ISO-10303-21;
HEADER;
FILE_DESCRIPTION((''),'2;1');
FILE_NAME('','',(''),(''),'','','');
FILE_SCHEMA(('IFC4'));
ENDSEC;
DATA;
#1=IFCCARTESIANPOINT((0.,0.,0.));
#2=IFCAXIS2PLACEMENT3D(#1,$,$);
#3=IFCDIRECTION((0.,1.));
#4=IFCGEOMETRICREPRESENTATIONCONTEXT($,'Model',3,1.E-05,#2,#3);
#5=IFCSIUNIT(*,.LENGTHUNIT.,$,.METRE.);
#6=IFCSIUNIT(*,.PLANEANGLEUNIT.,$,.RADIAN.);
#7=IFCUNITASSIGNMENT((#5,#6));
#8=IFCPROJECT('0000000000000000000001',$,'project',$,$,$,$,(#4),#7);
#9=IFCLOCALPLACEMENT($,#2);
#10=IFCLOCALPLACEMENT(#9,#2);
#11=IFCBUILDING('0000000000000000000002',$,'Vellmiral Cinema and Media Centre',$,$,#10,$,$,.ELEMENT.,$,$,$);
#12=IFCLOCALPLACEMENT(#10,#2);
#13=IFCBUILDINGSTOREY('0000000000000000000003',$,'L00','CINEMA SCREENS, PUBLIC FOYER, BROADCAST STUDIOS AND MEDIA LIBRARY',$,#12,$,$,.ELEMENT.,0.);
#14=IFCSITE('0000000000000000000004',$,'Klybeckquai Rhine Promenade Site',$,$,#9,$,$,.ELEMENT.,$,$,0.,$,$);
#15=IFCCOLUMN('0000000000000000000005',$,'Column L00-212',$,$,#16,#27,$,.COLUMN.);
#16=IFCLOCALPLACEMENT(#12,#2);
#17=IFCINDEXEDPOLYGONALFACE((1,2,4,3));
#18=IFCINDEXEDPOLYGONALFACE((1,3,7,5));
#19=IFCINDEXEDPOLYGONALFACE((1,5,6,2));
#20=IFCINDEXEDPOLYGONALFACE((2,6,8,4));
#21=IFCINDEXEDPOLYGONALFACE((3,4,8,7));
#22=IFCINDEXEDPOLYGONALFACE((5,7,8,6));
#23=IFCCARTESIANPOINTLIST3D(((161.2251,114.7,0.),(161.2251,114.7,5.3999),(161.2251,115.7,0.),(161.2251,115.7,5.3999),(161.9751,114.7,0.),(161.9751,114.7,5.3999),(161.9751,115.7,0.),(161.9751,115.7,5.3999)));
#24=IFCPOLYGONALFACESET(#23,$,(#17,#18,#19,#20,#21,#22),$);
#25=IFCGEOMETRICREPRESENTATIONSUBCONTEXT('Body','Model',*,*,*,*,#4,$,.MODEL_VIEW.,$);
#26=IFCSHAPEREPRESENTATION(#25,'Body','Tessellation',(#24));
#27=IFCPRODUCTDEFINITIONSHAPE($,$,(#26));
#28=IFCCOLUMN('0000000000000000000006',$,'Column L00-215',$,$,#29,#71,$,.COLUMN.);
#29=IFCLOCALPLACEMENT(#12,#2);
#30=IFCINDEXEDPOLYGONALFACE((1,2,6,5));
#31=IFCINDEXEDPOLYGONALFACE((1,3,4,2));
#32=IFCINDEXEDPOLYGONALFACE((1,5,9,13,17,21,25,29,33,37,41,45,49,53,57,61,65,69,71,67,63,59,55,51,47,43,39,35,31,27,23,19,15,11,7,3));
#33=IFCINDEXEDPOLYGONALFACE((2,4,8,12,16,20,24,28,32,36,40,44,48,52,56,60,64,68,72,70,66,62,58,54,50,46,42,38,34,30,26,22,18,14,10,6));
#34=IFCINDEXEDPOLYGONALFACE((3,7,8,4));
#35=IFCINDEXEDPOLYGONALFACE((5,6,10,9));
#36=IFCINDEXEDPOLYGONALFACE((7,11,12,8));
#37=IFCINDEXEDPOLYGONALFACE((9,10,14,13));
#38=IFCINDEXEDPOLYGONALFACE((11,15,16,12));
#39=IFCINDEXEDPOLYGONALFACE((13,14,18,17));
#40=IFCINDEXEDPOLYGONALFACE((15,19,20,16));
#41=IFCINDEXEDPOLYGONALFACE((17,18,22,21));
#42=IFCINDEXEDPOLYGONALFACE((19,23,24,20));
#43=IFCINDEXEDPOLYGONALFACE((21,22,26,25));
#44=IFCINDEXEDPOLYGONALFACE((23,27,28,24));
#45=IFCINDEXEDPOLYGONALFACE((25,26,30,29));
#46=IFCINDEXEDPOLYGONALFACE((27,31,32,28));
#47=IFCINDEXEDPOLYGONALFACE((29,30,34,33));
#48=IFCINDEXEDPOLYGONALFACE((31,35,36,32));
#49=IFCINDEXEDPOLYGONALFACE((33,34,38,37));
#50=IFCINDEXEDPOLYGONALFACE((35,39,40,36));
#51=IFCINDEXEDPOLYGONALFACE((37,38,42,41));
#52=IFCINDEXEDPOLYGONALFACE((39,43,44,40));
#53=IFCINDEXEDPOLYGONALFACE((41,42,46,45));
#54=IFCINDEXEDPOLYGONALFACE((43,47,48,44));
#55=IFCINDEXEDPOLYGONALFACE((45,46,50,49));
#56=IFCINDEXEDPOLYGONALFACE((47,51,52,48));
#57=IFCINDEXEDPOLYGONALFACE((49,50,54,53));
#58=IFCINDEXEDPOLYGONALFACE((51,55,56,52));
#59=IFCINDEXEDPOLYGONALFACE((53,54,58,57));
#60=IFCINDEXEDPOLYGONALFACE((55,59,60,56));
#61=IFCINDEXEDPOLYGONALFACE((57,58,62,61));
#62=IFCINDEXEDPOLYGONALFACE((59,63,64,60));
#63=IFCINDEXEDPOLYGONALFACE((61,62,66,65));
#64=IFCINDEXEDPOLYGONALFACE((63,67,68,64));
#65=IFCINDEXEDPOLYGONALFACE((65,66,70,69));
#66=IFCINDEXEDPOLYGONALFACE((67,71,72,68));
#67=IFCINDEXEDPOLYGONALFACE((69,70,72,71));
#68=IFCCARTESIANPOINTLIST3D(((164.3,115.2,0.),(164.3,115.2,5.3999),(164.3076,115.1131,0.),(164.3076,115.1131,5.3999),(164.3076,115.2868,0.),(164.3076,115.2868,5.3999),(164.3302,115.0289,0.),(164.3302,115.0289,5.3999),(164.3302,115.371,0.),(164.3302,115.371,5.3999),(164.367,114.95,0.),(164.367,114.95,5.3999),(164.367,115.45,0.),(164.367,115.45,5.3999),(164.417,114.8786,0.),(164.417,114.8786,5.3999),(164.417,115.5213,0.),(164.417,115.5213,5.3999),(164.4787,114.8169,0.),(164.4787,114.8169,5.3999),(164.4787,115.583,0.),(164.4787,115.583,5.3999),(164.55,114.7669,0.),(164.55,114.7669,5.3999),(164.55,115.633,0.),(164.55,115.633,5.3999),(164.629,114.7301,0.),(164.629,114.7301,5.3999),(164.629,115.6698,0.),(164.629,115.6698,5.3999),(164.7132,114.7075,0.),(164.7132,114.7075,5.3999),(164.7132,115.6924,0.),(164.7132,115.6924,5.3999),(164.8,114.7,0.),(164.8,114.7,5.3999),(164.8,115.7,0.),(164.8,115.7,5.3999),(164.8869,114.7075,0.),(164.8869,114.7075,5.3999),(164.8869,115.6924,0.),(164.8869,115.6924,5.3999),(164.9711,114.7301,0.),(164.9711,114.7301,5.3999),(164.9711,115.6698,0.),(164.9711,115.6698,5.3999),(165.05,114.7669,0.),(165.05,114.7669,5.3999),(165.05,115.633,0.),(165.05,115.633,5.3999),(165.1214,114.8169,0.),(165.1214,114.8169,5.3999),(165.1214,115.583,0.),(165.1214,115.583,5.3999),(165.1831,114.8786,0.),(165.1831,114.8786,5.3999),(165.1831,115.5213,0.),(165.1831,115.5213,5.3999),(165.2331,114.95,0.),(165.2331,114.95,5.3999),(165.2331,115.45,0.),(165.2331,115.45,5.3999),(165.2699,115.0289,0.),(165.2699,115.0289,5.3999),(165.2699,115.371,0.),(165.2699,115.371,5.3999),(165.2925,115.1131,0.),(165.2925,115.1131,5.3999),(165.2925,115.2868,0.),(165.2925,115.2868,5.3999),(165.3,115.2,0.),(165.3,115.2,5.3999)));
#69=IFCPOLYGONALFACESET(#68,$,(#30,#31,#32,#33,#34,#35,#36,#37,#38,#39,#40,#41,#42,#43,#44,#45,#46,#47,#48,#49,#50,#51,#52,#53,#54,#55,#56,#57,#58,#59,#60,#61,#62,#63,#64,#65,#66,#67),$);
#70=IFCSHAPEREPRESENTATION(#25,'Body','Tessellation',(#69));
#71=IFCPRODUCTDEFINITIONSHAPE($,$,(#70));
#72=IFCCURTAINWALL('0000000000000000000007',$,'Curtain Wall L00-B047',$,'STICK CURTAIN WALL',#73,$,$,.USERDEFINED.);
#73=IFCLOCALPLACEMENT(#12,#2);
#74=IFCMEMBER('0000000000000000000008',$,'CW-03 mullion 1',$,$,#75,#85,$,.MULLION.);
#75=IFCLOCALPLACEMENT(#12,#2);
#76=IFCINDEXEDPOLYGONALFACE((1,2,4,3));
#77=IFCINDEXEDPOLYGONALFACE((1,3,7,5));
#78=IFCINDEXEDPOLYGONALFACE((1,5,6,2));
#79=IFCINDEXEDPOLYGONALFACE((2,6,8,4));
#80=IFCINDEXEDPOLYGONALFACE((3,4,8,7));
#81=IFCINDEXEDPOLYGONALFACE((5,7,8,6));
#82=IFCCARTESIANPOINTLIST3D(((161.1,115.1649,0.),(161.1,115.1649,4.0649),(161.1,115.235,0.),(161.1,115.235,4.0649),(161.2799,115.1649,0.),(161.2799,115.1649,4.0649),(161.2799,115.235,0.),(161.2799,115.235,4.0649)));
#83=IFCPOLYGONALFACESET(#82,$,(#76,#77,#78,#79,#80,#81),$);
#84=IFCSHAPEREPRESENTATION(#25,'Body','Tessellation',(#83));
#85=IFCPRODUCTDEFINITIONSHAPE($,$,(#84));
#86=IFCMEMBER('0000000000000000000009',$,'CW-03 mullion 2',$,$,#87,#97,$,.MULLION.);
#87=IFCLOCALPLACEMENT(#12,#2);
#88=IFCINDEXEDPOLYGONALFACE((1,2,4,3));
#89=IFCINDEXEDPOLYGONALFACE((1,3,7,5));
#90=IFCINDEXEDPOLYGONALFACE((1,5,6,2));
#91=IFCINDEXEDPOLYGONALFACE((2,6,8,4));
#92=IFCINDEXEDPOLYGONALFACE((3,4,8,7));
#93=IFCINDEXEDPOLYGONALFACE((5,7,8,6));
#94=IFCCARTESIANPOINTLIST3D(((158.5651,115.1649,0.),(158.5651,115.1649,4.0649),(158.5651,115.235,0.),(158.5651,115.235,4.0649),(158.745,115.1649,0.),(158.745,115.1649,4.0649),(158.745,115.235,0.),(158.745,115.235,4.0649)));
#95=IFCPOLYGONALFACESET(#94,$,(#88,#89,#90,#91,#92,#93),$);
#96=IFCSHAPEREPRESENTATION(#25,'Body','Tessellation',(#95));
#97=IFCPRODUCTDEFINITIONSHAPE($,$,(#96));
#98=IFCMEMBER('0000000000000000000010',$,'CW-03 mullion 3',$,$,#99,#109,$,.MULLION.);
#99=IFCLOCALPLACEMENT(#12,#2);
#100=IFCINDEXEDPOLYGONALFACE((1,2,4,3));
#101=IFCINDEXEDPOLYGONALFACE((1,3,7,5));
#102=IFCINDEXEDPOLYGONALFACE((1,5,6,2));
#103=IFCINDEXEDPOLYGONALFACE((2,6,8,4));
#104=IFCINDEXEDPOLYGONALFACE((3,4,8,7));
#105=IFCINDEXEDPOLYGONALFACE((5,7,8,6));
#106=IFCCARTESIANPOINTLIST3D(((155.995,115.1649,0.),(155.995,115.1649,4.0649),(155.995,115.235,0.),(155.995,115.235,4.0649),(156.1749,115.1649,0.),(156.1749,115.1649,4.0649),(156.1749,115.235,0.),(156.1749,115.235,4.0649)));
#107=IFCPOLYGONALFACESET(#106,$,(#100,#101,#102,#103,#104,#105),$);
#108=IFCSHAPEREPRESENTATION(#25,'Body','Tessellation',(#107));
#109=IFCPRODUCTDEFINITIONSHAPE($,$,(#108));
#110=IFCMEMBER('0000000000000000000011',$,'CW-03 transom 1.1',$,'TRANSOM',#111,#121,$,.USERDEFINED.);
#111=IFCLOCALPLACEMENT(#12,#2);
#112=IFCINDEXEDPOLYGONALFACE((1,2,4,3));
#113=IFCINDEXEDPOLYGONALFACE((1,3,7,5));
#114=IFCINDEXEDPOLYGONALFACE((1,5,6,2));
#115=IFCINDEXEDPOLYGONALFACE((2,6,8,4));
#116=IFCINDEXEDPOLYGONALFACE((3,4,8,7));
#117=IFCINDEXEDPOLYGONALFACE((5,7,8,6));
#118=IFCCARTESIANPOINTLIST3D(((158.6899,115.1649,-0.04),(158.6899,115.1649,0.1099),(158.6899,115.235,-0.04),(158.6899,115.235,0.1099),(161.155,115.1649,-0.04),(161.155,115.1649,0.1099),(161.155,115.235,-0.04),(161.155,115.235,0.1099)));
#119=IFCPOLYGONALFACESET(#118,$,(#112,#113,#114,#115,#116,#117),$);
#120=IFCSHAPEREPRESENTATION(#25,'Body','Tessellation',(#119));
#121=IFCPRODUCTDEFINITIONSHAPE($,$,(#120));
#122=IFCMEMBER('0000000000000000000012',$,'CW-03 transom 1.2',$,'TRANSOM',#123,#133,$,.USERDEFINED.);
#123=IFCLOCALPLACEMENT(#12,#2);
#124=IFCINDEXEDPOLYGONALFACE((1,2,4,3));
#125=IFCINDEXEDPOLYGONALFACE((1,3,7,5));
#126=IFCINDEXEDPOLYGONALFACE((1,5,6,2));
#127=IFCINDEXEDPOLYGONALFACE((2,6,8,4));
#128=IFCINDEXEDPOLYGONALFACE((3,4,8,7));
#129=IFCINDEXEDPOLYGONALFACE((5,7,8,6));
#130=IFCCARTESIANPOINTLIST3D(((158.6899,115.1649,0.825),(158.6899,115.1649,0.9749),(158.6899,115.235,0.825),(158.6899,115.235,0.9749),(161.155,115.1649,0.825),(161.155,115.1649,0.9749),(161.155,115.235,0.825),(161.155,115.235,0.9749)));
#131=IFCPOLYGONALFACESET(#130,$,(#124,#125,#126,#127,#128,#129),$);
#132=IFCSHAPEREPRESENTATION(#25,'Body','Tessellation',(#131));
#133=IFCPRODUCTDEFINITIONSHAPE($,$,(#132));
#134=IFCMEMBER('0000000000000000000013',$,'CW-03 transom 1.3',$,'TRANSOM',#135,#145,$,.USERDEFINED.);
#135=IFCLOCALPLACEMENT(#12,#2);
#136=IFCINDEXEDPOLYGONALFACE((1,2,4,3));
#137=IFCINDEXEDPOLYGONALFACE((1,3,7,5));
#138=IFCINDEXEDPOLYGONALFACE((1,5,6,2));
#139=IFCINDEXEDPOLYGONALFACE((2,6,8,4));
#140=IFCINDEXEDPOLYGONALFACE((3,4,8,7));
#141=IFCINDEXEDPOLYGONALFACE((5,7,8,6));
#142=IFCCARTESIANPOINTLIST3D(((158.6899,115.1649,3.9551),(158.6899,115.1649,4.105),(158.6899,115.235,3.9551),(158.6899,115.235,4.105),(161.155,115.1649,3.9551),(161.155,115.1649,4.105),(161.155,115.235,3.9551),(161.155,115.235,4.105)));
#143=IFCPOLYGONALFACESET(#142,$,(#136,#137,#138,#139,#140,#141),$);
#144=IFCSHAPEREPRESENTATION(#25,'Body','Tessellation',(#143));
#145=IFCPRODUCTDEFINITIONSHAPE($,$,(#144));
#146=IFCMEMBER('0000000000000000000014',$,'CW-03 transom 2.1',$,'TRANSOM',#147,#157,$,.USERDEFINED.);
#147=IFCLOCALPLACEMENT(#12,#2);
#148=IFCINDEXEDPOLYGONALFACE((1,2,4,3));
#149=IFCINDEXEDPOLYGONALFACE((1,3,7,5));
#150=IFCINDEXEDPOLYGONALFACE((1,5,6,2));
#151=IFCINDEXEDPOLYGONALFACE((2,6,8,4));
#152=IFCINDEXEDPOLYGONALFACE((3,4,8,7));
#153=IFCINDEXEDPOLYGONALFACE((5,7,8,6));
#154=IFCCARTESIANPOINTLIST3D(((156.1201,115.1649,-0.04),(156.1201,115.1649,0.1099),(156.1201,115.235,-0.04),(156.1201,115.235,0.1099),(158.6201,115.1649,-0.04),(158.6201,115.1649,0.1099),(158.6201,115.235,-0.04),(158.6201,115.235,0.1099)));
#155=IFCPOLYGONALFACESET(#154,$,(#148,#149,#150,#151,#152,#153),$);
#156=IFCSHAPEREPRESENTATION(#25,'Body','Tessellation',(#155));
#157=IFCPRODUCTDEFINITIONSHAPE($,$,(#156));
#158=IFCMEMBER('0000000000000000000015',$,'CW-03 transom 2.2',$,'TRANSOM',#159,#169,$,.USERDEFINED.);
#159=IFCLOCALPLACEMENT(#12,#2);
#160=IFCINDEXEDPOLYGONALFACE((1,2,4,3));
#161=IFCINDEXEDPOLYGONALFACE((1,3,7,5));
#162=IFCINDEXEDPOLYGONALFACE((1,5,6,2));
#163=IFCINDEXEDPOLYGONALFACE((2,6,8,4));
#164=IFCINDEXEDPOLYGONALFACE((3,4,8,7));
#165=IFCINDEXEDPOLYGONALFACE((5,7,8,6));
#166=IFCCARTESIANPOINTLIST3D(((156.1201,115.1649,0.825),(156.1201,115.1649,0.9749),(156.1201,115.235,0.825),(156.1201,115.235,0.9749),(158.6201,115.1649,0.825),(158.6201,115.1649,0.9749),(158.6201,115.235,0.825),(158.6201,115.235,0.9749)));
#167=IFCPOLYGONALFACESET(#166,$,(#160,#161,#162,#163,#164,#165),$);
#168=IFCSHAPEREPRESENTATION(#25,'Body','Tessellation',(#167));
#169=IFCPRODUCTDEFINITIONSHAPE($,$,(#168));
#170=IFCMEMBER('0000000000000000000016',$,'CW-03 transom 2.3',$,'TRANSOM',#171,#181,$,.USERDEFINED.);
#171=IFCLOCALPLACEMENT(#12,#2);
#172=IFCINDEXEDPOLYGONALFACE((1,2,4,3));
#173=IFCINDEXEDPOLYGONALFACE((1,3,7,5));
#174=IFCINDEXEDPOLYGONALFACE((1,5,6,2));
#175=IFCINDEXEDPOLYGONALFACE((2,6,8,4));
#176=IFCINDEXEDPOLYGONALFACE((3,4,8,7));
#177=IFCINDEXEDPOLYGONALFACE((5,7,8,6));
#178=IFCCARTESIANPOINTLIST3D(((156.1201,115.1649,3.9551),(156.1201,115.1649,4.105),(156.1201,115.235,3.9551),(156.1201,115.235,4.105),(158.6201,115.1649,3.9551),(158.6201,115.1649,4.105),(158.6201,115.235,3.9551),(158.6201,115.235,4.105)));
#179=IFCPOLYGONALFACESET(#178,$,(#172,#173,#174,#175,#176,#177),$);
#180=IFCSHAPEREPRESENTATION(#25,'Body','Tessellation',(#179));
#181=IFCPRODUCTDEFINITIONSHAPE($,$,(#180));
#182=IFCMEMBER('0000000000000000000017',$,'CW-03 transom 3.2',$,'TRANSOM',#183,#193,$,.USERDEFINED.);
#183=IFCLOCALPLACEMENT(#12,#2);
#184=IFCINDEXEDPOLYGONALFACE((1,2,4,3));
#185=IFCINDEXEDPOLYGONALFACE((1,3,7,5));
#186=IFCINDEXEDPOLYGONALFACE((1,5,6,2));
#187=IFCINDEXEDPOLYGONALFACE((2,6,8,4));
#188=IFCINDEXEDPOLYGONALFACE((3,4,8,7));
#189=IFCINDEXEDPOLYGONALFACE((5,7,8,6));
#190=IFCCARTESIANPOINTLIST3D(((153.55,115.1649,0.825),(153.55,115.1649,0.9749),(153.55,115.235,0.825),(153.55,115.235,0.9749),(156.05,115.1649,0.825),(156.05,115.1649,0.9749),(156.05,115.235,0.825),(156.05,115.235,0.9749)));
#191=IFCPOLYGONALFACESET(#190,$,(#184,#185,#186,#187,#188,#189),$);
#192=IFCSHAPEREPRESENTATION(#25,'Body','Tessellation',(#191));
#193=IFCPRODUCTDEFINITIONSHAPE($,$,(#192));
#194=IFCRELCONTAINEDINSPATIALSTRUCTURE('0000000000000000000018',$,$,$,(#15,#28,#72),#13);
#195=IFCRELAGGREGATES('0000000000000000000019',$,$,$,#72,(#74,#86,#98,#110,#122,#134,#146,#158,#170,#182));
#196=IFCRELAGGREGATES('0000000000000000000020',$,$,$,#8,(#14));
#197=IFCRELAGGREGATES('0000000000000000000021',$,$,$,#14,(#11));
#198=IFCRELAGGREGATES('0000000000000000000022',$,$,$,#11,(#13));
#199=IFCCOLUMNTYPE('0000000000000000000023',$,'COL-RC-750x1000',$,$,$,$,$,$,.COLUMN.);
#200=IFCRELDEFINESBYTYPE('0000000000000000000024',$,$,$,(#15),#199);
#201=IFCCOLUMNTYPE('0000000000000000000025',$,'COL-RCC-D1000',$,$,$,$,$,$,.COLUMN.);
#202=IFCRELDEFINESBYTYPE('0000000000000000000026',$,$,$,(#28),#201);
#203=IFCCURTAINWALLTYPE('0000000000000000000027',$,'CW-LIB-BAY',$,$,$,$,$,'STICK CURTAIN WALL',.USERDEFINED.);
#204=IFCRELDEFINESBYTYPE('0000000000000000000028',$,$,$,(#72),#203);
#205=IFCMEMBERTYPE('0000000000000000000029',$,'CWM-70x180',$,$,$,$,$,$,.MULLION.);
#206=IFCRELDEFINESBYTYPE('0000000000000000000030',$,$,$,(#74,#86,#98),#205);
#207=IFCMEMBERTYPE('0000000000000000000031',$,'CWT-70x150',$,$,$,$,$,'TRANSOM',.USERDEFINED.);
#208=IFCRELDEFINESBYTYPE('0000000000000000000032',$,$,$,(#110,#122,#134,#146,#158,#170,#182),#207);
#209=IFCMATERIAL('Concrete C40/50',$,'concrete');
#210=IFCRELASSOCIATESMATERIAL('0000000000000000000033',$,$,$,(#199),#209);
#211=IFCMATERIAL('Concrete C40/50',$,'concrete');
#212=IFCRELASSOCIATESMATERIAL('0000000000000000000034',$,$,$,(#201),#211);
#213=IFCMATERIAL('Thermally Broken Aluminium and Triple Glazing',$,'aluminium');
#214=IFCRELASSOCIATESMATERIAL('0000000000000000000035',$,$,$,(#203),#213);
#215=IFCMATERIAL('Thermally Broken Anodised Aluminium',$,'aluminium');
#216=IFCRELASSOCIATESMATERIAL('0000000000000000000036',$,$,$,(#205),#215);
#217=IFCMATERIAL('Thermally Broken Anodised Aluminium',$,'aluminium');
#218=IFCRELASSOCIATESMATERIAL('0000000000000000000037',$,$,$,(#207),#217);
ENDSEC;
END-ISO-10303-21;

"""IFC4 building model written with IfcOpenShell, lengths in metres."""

from ifc_helpers import new_model, si_unit, direction, frame, origin, origin_2d, place, context, subcontext, project, spatial, rectangle, circle, extrude, material, material_profile, profile_set, type_object, element, aggregate, save


model = new_model("IFC4")

# Units and contexts
model_context = context("Model", 3, precision=1e-05, world=origin(), true_north=direction((0.0, 1.0)))
body_context = subcontext(model_context, "Body", "Model", "MODEL_VIEW")
ifc_project = project(units=[si_unit("LENGTHUNIT", "METRE"), si_unit("PLANEANGLEUNIT", "RADIAN")], contexts=[model_context])

# Site, building, storey
site_placement = place(None, origin())
site = spatial("IfcSite", under=ifc_project, at=site_placement, Name="Klybeckquai Rhine Promenade Site", CompositionType="ELEMENT", RefElevation=0.0)
building_placement = place(site_placement, origin())
building = spatial("IfcBuilding", under=site, at=building_placement, Name="Vellmiral Cinema and Media Centre", CompositionType="ELEMENT")
storey_placement = place(building_placement, origin())
storey = spatial("IfcBuildingStorey", under=building, at=storey_placement, Name="L00", Description="CINEMA SCREENS, PUBLIC FOYER, BROADCAST STUDIOS AND MEDIA LIBRARY", CompositionType="ELEMENT", Elevation=0.0)

# Columns
ifc_material_1 = material(Name="Concrete C40/50", Category="concrete")
ifc_material_profile_1 = material_profile(ifc_material_1, rectangle(XDim=0.75, YDim=1.0, at=origin_2d()), Name="RC 750x1000")
ifc_profile_set_1 = profile_set([ifc_material_profile_1], Name="Concrete C40/50")
column_type_1 = type_object("IfcColumnType", Name="COL-RC-750x1000", PredefinedType="COLUMN", material=ifc_profile_set_1)
column_1_placement = place(storey_placement, frame((161.6001, 115.2, 0.0), z_axis=(0.0, 0.0, 1.0), x_axis=(1.0, 0.0, 0.0)))
element("IfcColumn", 1, at=column_1_placement, inside=storey, type_object=column_type_1, Name="Column L00-212", PredefinedType="COLUMN", context=body_context, shape_type="SweptSolid", body=[
    extrude(rectangle(XDim=0.75, YDim=1.0, at=origin_2d()), origin(), (0.0, 0.0, 1.0), 5.3999),
])
ifc_material_2 = material(Name="Concrete C40/50", Category="concrete")
ifc_material_profile_2 = material_profile(ifc_material_2, circle(Radius=0.5, at=origin_2d()), Name="RC D1000")
ifc_profile_set_2 = profile_set([ifc_material_profile_2], Name="Concrete C40/50")
column_type_2 = type_object("IfcColumnType", Name="COL-RCC-D1000", PredefinedType="COLUMN", material=ifc_profile_set_2)
column_2_placement = place(storey_placement, frame((164.8, 115.2, 0.0), z_axis=(0.0, 0.0, 1.0), x_axis=(1.0, 0.0, 0.0)))
element("IfcColumn", 2, at=column_2_placement, inside=storey, type_object=column_type_2, Name="Column L00-215", PredefinedType="COLUMN", context=body_context, shape_type="SweptSolid", body=[
    extrude(circle(Radius=0.5, at=origin_2d()), origin(), (0.0, 0.0, 1.0), 5.3999),
])

# Curtain wall, members
ifc_material_3 = material(Name="Thermally Broken Aluminium and Triple Glazing", Category="aluminium")
curtain_wall_type = type_object("IfcCurtainWallType", Name="CW-LIB-BAY", ElementType="STICK CURTAIN WALL", PredefinedType="USERDEFINED", material=ifc_material_3)
curtain_wall_placement = place(storey_placement, origin())
curtain_wall = element("IfcCurtainWall", 3, at=curtain_wall_placement, inside=storey, type_object=curtain_wall_type, Name="Curtain Wall L00-B047", ObjectType="STICK CURTAIN WALL", PredefinedType="USERDEFINED")
ifc_material_4 = material(Name="Thermally Broken Anodised Aluminium", Category="aluminium")
ifc_material_profile_3 = material_profile(ifc_material_4, rectangle(XDim=0.0701, YDim=0.1799, at=origin_2d()), Name="MULL 70x180")
ifc_profile_set_3 = profile_set([ifc_material_profile_3], Name="Thermally Broken Anodised Aluminium")
member_type_1 = type_object("IfcMemberType", Name="CWM-70x180", PredefinedType="MULLION", material=ifc_profile_set_3)
member_1_placement = place(storey_placement, frame((161.1899, 115.2, 0.0), z_axis=(0.0, 0.0, 1.0), x_axis=(0.0, -1.0, 0.0)))
member_1 = element("IfcMember", 4, at=member_1_placement, type_object=member_type_1, Name="CW-03 mullion 1", PredefinedType="MULLION", context=body_context, shape_type="SweptSolid", body=[
    extrude(rectangle(XDim=0.0701, YDim=0.1799, at=origin_2d()), origin(), (0.0, 0.0, 1.0), 4.0649),
])
member_2_placement = place(storey_placement, frame((158.655, 115.2, 0.0), z_axis=(0.0, 0.0, 1.0), x_axis=(0.0, -1.0, 0.0)))
member_2 = element("IfcMember", 5, at=member_2_placement, type_object=member_type_1, Name="CW-03 mullion 2", PredefinedType="MULLION", context=body_context, shape_type="SweptSolid", body=[
    extrude(rectangle(XDim=0.0701, YDim=0.1799, at=origin_2d()), origin(), (0.0, 0.0, 1.0), 4.0649),
])
member_3_placement = place(storey_placement, frame((156.085, 115.2, 0.0), z_axis=(0.0, 0.0, 1.0), x_axis=(0.0, -1.0, 0.0)))
member_3 = element("IfcMember", 6, at=member_3_placement, type_object=member_type_1, Name="CW-03 mullion 3", PredefinedType="MULLION", context=body_context, shape_type="SweptSolid", body=[
    extrude(rectangle(XDim=0.0701, YDim=0.1799, at=origin_2d()), origin(), (0.0, 0.0, 1.0), 4.0649),
])
ifc_material_5 = material(Name="Thermally Broken Anodised Aluminium", Category="aluminium")
ifc_material_profile_4 = material_profile(ifc_material_5, rectangle(XDim=0.0701, YDim=0.1499, at=origin_2d()), Name="MULL 70x150")
ifc_profile_set_4 = profile_set([ifc_material_profile_4], Name="Thermally Broken Anodised Aluminium")
member_type_2 = type_object("IfcMemberType", Name="CWT-70x150", ElementType="TRANSOM", PredefinedType="USERDEFINED", material=ifc_profile_set_4)
member_4_placement = place(storey_placement, frame((161.155, 115.2, 0.0349), z_axis=(-1.0, 0.0, 0.0), x_axis=(0.0, -1.0, 0.0)))
member_4 = element("IfcMember", 7, at=member_4_placement, type_object=member_type_2, Name="CW-03 transom 1.1", ObjectType="TRANSOM", PredefinedType="USERDEFINED", context=body_context, shape_type="SweptSolid", body=[
    extrude(rectangle(XDim=0.0701, YDim=0.1499, at=origin_2d()), origin(), (0.0, 0.0, 1.0), 2.4651),
])
member_5_placement = place(storey_placement, frame((161.155, 115.2, 0.8999), z_axis=(-1.0, 0.0, 0.0), x_axis=(0.0, -1.0, 0.0)))
member_5 = element("IfcMember", 8, at=member_5_placement, type_object=member_type_2, Name="CW-03 transom 1.2", ObjectType="TRANSOM", PredefinedType="USERDEFINED", context=body_context, shape_type="SweptSolid", body=[
    extrude(rectangle(XDim=0.0701, YDim=0.1499, at=origin_2d()), origin(), (0.0, 0.0, 1.0), 2.4651),
])
member_6_placement = place(storey_placement, frame((161.155, 115.2, 4.03), z_axis=(-1.0, 0.0, 0.0), x_axis=(0.0, -1.0, 0.0)))
member_6 = element("IfcMember", 9, at=member_6_placement, type_object=member_type_2, Name="CW-03 transom 1.3", ObjectType="TRANSOM", PredefinedType="USERDEFINED", context=body_context, shape_type="SweptSolid", body=[
    extrude(rectangle(XDim=0.0701, YDim=0.1499, at=origin_2d()), origin(), (0.0, 0.0, 1.0), 2.4651),
])
member_7_placement = place(storey_placement, frame((158.6201, 115.2, 0.0349), z_axis=(-1.0, 0.0, 0.0), x_axis=(0.0, -1.0, 0.0)))
member_7 = element("IfcMember", 10, at=member_7_placement, type_object=member_type_2, Name="CW-03 transom 2.1", ObjectType="TRANSOM", PredefinedType="USERDEFINED", context=body_context, shape_type="SweptSolid", body=[
    extrude(rectangle(XDim=0.0701, YDim=0.1499, at=origin_2d()), origin(), (0.0, 0.0, 1.0), 2.5),
])
member_8_placement = place(storey_placement, frame((158.6201, 115.2, 0.8999), z_axis=(-1.0, 0.0, 0.0), x_axis=(0.0, -1.0, 0.0)))
member_8 = element("IfcMember", 11, at=member_8_placement, type_object=member_type_2, Name="CW-03 transom 2.2", ObjectType="TRANSOM", PredefinedType="USERDEFINED", context=body_context, shape_type="SweptSolid", body=[
    extrude(rectangle(XDim=0.0701, YDim=0.1499, at=origin_2d()), origin(), (0.0, 0.0, 1.0), 2.5),
])
member_9_placement = place(storey_placement, frame((158.6201, 115.2, 4.03), z_axis=(-1.0, 0.0, 0.0), x_axis=(0.0, -1.0, 0.0)))
member_9 = element("IfcMember", 12, at=member_9_placement, type_object=member_type_2, Name="CW-03 transom 2.3", ObjectType="TRANSOM", PredefinedType="USERDEFINED", context=body_context, shape_type="SweptSolid", body=[
    extrude(rectangle(XDim=0.0701, YDim=0.1499, at=origin_2d()), origin(), (0.0, 0.0, 1.0), 2.5),
])
member_10_placement = place(storey_placement, frame((156.05, 115.2, 0.8999), z_axis=(-1.0, 0.0, 0.0), x_axis=(0.0, -1.0, 0.0)))
member_10 = element("IfcMember", 13, at=member_10_placement, type_object=member_type_2, Name="CW-03 transom 3.2", ObjectType="TRANSOM", PredefinedType="USERDEFINED", context=body_context, shape_type="SweptSolid", body=[
    extrude(rectangle(XDim=0.0701, YDim=0.1499, at=origin_2d()), origin(), (0.0, 0.0, 1.0), 2.5),
])

aggregate(curtain_wall, [member_1, member_2, member_3, member_4, member_5, member_6, member_7, member_8, member_9, member_10])

save(model, "model.ifc")
